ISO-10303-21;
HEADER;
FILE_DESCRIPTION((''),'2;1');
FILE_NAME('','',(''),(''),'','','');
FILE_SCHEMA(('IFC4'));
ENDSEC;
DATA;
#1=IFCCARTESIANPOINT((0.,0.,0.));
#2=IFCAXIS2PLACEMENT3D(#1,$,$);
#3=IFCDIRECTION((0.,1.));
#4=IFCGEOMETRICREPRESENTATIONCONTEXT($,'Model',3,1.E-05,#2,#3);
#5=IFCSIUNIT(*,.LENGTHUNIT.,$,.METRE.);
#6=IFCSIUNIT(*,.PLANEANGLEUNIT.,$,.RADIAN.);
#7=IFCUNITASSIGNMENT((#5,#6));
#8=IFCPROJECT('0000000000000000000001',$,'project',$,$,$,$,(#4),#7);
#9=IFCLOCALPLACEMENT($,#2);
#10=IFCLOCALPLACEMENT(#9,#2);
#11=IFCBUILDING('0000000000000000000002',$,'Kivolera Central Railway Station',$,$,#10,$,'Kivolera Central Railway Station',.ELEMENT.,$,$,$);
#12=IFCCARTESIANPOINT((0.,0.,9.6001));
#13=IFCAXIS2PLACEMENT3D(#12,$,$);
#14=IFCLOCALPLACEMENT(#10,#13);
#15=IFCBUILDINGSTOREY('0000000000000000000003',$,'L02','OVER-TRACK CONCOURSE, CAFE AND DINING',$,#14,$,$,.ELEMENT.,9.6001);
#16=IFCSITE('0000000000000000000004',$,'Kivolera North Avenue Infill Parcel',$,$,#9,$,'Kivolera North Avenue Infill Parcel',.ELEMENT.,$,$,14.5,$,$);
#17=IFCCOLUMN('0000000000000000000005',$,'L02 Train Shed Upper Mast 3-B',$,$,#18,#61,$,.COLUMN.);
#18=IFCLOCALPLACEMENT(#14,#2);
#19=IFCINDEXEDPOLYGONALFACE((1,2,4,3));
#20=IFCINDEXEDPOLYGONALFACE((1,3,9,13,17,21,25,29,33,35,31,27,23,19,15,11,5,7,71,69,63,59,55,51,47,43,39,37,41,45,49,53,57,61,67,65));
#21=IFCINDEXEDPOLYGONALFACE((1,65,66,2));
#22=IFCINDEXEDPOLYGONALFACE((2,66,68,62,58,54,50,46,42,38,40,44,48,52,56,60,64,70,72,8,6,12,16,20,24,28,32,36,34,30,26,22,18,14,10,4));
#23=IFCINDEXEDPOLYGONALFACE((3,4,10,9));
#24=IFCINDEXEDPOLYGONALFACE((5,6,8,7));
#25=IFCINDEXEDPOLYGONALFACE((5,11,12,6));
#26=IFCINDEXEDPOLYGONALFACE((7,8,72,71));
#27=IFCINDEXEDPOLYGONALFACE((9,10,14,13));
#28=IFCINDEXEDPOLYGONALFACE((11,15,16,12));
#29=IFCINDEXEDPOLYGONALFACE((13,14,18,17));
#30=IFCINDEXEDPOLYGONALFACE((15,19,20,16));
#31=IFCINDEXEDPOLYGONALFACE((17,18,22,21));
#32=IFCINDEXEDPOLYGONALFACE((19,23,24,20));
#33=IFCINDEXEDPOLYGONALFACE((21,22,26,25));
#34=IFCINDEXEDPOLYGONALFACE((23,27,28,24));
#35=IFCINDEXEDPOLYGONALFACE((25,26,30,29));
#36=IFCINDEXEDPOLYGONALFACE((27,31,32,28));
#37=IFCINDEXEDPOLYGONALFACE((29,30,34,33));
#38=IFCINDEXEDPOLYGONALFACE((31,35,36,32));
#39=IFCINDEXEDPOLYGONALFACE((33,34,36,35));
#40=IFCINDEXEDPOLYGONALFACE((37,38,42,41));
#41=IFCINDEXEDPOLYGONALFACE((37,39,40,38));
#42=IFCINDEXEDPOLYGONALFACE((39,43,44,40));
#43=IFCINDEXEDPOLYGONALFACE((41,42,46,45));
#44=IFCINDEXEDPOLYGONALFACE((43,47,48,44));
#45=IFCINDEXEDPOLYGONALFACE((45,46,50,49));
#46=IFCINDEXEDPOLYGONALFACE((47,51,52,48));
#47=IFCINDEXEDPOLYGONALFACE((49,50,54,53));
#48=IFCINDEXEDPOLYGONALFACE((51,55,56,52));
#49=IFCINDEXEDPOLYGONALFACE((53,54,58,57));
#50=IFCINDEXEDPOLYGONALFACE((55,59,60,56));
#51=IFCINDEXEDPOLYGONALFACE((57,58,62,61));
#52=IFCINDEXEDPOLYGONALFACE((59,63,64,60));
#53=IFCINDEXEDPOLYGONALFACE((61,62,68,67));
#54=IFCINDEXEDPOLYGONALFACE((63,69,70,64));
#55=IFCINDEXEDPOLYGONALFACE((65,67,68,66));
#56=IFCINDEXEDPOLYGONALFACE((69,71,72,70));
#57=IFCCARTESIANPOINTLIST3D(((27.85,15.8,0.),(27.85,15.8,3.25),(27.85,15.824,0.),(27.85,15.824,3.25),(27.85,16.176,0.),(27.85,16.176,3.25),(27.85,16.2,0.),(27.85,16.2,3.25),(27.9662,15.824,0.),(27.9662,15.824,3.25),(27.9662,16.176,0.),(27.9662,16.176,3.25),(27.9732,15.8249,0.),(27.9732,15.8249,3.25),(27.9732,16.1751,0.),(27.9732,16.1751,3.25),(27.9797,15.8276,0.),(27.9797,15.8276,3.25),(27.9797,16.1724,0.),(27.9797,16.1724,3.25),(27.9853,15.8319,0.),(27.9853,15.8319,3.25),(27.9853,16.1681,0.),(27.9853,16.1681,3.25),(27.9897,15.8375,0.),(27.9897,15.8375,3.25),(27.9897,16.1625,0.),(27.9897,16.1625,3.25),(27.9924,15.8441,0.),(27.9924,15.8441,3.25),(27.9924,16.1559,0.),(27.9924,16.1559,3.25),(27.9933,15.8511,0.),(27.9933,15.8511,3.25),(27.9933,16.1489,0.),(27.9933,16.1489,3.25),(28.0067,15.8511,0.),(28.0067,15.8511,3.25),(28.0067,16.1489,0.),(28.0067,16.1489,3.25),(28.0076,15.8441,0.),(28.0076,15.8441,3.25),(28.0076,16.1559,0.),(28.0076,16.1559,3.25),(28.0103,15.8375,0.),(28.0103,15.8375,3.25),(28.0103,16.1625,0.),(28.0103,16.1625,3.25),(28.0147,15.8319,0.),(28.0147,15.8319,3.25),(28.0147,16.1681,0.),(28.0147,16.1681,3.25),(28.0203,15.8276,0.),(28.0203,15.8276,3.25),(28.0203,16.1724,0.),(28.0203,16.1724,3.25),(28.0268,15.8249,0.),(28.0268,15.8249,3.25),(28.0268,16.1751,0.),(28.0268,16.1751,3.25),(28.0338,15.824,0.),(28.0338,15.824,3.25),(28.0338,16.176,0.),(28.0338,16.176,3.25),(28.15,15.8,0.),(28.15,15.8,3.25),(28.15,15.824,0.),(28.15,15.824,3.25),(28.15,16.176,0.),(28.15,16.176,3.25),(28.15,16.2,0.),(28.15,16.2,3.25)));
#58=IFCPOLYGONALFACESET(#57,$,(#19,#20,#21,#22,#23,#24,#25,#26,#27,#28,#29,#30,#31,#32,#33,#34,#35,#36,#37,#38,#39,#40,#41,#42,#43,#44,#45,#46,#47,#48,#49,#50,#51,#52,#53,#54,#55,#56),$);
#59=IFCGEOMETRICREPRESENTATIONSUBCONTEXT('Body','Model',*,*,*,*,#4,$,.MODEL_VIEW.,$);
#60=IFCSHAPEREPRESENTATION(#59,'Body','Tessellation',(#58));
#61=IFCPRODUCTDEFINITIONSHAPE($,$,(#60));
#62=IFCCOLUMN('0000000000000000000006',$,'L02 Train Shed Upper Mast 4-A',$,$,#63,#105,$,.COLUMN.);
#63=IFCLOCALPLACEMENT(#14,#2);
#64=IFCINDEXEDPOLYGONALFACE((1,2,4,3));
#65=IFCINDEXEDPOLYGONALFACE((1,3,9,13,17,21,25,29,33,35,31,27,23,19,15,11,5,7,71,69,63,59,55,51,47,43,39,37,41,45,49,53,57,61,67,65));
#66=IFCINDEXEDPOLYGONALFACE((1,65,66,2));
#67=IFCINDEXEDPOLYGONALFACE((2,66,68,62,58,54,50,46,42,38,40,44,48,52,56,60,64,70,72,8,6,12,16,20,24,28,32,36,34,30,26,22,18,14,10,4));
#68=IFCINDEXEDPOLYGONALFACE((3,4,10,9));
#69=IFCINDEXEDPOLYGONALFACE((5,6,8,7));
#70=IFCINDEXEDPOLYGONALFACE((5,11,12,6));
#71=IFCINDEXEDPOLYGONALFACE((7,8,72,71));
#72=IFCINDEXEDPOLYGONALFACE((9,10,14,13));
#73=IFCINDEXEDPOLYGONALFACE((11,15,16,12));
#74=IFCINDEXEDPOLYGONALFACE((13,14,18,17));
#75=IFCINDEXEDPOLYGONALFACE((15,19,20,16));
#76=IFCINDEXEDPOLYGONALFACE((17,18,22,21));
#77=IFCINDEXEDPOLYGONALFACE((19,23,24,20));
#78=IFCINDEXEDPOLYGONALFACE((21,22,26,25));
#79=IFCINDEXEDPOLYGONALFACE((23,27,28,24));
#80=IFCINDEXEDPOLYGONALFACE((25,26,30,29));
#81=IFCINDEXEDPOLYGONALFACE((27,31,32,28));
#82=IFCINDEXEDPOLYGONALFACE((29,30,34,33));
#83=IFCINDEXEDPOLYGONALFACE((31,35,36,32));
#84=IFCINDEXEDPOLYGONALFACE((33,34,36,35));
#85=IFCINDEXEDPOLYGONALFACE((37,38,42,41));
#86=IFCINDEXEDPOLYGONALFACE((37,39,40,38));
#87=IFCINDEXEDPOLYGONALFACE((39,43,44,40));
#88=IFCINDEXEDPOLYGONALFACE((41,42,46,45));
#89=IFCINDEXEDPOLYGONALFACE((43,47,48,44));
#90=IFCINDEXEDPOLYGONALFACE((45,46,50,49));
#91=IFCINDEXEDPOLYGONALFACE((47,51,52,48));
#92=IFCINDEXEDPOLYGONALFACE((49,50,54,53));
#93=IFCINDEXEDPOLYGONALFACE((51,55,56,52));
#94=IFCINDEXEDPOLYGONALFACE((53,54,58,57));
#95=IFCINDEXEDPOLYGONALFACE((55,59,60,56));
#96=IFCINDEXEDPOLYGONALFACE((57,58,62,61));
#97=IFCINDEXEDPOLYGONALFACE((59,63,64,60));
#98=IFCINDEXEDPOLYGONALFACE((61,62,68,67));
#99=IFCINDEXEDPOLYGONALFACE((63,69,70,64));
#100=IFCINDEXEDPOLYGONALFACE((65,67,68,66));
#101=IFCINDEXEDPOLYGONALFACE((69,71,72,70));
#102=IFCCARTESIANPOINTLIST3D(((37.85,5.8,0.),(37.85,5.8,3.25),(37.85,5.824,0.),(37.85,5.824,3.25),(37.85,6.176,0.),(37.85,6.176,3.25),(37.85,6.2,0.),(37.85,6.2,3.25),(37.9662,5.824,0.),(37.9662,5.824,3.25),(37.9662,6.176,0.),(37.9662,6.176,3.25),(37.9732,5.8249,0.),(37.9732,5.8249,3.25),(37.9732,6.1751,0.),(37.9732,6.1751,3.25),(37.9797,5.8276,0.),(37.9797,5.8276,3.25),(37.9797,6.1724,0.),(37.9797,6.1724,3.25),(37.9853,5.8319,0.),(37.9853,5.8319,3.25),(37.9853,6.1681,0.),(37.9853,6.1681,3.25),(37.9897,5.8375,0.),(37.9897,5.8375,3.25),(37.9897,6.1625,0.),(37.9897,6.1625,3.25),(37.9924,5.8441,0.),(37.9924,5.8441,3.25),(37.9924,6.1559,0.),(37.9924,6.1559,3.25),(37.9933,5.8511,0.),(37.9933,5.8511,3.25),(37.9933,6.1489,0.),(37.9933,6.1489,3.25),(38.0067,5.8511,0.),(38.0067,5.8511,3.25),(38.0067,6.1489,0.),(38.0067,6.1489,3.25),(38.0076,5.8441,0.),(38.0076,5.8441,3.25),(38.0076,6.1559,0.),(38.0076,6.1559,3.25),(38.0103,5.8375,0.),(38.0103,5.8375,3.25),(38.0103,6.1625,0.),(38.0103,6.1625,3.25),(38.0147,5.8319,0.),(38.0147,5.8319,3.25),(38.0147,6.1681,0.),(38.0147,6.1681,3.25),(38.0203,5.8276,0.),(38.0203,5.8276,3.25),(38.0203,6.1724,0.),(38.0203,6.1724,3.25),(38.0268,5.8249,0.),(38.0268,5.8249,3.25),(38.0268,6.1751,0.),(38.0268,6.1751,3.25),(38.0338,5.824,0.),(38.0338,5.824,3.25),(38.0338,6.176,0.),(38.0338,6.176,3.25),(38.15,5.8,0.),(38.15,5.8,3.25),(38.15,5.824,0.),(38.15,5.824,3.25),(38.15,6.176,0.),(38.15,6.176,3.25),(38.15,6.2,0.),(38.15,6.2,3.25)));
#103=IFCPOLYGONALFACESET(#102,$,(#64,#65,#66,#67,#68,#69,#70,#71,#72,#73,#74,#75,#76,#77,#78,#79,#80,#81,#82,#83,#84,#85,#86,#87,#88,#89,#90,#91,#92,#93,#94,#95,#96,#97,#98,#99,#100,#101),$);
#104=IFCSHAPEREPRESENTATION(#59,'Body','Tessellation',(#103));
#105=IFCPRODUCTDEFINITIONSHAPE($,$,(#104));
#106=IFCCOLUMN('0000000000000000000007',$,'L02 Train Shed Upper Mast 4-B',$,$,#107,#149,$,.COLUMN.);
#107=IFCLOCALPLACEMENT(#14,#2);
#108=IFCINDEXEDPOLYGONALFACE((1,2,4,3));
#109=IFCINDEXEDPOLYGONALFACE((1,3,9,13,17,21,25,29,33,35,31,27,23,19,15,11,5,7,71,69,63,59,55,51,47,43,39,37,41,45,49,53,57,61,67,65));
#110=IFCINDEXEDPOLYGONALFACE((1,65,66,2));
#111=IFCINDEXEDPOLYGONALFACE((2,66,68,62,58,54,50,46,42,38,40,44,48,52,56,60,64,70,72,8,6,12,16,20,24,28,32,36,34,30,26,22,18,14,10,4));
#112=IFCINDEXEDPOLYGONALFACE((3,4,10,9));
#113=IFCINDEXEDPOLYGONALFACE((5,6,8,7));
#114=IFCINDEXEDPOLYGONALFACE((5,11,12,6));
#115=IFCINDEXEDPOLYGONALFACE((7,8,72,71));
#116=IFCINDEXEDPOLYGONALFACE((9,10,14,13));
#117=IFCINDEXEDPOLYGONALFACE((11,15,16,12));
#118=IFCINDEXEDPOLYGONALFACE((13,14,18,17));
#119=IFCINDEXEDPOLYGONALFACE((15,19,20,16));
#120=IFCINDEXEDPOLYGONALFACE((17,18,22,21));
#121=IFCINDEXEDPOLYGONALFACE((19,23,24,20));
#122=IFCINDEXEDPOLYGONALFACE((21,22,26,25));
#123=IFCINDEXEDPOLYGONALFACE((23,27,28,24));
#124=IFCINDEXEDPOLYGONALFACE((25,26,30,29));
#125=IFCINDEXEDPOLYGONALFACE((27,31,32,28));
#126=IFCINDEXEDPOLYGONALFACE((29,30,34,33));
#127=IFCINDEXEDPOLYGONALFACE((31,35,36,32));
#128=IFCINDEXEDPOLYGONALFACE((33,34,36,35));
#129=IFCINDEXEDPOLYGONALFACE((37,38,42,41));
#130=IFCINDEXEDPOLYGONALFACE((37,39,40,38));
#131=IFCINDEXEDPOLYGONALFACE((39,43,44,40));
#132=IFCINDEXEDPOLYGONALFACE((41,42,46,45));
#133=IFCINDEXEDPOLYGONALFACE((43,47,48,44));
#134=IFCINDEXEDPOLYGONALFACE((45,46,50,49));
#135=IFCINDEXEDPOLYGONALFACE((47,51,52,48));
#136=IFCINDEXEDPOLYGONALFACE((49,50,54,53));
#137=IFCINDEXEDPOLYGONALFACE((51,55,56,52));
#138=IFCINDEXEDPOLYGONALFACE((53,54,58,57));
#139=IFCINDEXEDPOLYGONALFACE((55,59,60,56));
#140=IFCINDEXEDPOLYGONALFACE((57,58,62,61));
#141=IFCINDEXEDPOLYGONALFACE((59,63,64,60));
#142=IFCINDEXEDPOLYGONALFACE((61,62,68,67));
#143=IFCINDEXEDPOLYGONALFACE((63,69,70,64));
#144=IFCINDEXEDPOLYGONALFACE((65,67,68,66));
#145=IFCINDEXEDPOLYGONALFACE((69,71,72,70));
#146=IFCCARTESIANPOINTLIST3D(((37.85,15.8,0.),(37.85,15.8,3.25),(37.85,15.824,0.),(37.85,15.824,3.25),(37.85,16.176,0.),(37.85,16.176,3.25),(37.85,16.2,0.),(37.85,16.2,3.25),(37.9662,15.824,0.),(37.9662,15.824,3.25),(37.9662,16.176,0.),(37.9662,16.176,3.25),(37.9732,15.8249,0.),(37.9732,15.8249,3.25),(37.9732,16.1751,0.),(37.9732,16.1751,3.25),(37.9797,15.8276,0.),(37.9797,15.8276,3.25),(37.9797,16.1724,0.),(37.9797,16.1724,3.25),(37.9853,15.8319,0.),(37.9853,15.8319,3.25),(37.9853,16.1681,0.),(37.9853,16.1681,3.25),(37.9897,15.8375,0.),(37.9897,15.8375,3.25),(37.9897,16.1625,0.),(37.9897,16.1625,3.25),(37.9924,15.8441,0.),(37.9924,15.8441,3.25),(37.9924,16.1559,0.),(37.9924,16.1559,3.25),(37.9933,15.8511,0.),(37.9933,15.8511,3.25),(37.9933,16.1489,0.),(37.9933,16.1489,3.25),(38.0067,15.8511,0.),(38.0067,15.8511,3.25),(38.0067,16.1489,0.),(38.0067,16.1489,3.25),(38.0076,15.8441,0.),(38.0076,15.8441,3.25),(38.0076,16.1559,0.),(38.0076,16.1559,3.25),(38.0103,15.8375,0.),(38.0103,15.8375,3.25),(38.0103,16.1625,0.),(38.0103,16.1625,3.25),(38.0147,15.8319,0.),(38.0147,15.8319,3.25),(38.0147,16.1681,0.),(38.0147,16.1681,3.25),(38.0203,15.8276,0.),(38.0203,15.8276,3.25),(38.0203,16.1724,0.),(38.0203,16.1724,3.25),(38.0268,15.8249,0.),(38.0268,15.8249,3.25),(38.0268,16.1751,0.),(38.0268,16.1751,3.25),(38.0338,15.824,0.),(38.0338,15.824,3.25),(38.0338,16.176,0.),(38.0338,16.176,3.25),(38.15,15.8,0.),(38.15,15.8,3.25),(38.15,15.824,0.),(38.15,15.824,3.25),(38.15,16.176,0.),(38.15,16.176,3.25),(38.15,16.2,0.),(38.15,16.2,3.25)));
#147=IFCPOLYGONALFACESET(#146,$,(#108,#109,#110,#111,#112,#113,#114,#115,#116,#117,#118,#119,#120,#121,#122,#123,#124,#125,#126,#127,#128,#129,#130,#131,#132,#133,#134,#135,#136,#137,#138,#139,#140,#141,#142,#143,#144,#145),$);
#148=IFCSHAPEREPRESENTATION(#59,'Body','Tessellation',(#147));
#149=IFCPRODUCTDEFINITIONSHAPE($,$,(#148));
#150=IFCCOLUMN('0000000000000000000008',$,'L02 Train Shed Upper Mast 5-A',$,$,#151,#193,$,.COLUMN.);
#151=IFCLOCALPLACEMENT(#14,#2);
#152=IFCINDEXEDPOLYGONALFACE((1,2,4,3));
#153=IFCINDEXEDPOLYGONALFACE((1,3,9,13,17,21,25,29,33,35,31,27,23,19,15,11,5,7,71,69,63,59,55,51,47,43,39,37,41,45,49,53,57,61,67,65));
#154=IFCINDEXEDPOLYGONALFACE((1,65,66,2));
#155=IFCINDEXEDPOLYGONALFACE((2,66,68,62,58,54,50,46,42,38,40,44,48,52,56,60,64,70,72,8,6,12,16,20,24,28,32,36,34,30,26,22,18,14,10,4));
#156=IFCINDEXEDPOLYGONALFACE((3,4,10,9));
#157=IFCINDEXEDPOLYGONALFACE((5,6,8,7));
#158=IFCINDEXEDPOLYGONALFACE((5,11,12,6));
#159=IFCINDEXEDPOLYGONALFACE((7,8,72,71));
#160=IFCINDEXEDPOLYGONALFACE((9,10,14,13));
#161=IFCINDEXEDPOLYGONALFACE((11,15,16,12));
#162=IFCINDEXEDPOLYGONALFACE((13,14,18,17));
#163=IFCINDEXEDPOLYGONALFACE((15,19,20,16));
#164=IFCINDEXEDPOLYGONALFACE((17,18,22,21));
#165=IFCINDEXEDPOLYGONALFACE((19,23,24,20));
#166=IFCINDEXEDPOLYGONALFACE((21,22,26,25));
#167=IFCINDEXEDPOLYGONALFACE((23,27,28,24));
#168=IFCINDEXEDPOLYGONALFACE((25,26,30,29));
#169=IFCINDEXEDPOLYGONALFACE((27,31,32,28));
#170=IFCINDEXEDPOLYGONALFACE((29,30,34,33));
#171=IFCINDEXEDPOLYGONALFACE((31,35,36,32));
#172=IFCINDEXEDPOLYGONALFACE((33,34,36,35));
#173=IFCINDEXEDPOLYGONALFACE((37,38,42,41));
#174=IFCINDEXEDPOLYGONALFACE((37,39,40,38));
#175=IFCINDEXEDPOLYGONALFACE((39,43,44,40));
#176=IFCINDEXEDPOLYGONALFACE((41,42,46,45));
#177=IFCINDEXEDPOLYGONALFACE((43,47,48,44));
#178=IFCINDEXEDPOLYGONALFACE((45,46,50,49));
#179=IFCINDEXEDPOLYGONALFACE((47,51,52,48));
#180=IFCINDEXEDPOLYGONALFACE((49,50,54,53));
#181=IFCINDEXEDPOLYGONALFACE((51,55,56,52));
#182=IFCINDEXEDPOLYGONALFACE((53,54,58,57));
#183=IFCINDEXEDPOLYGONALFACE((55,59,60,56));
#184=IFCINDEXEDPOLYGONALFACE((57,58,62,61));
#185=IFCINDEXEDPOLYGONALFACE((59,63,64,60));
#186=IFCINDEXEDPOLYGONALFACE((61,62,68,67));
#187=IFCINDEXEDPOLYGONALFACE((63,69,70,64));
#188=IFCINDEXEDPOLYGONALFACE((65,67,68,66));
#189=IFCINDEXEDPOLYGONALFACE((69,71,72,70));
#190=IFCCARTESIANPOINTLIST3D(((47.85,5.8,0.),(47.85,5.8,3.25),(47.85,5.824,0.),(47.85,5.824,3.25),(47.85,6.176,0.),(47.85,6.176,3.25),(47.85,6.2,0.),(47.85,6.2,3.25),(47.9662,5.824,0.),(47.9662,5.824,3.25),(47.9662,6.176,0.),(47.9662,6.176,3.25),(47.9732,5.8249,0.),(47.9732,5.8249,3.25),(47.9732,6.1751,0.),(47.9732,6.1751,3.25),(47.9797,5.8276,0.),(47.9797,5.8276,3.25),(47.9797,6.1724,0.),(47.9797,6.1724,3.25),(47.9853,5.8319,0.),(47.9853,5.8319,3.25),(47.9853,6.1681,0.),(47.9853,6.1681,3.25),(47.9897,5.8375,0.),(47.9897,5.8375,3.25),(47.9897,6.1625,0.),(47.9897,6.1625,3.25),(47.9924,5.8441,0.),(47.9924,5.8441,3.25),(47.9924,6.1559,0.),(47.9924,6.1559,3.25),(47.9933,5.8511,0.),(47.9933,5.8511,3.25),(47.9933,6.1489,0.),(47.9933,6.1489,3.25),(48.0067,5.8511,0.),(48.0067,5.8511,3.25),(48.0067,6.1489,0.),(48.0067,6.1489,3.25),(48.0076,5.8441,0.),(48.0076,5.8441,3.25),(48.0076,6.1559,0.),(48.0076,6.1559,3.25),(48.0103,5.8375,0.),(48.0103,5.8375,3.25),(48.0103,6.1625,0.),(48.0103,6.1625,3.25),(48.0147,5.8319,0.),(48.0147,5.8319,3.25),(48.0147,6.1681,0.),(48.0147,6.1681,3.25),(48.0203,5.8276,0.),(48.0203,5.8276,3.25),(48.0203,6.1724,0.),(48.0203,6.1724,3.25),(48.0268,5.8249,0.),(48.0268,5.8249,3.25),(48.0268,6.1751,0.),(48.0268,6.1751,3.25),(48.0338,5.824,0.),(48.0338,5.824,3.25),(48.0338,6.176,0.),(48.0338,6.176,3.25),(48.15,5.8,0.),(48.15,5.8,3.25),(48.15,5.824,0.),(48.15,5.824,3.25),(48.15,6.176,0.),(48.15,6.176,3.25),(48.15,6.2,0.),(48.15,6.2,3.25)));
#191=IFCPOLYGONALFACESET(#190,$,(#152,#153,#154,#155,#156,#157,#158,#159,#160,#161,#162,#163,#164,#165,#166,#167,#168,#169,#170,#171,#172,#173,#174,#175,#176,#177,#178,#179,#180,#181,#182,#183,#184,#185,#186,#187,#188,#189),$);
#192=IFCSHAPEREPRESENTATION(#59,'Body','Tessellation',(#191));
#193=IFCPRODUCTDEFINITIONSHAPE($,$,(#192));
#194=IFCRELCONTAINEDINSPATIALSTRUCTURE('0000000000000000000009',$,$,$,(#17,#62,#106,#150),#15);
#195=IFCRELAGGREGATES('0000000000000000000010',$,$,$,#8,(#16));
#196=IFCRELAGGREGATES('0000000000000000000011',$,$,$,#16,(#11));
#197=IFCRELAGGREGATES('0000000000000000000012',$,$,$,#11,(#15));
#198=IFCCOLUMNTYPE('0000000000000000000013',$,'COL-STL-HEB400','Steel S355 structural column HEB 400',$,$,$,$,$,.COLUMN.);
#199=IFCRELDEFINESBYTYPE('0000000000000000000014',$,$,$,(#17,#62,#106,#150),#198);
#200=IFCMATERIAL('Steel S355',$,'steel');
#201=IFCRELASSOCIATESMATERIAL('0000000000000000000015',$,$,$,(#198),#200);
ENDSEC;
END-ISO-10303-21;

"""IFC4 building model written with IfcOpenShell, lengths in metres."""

from ifc_helpers import new_model, si_unit, direction, frame, origin, origin_2d, place, context, subcontext, project, spatial, i_section, extrude, material, material_profile, profile_set, type_object, element, save


model = new_model("IFC4")

# Units and contexts
model_context = context("Model", 3, precision=1e-05, world=origin(), true_north=direction((0.0, 1.0)))
body_context = subcontext(model_context, "Body", "Model", "MODEL_VIEW")
ifc_project = project(units=[si_unit("LENGTHUNIT", "METRE"), si_unit("PLANEANGLEUNIT", "RADIAN")], contexts=[model_context])

# Site, building, storey
site_placement = place(None, origin())
site = spatial("IfcSite", under=ifc_project, at=site_placement, Name="Kivolera North Avenue Infill Parcel", LongName="Kivolera North Avenue Infill Parcel", CompositionType="ELEMENT", RefElevation=14.5)
building_placement = place(site_placement, origin())
building = spatial("IfcBuilding", under=site, at=building_placement, Name="Kivolera Central Railway Station", LongName="Kivolera Central Railway Station", CompositionType="ELEMENT")
storey_placement = place(building_placement, frame((0.0, 0.0, 9.6001)))
storey = spatial("IfcBuildingStorey", under=building, at=storey_placement, Name="L02", Description="OVER-TRACK CONCOURSE, CAFE AND DINING", CompositionType="ELEMENT", Elevation=9.6001)

# Columns
ifc_material_1 = material(Name="Steel S355", Category="steel")
ifc_material_profile_1 = material_profile(ifc_material_1, i_section(OverallWidth=0.3, OverallDepth=0.3999, WebThickness=0.0134, FlangeThickness=0.0239, FilletRadius=0.0271, at=origin_2d()), Name="HEB 400")
ifc_profile_set_1 = profile_set([ifc_material_profile_1], Name="Steel S355")
column_type = type_object("IfcColumnType", Name="COL-STL-HEB400", Description="Steel S355 structural column HEB 400", PredefinedType="COLUMN", material=ifc_profile_set_1)
for number, where, z_axis, x_axis, name in (
    (1, (28.0, 16.0, 0.0), (0.0, 0.0, 1.0), (1.0, 0.0, 0.0), "L02 Train Shed Upper Mast 3-B"),
    (2, (38.0, 6.0, 0.0), (0.0, 0.0, 1.0), (1.0, 0.0, 0.0), "L02 Train Shed Upper Mast 4-A"),
    (3, (38.0, 16.0, 0.0), (0.0, 0.0, 1.0), (1.0, 0.0, 0.0), "L02 Train Shed Upper Mast 4-B"),
    (4, (48.0, 6.0, 0.0), (0.0, 0.0, 1.0), (1.0, 0.0, 0.0), "L02 Train Shed Upper Mast 5-A"),
):
    element("IfcColumn", number, at=place(storey_placement, frame(where, z_axis=z_axis, x_axis=x_axis)), inside=storey, type_object=column_type, Name=name, PredefinedType="COLUMN", context=body_context, shape_type="SweptSolid", body=[
        extrude(i_section(OverallWidth=0.3, OverallDepth=0.3999, WebThickness=0.0134, FlangeThickness=0.0239, FilletRadius=0.0271, at=origin_2d()), origin(), (0.0, 0.0, 1.0), 3.25),
    ])

save(model, "model.ifc")
